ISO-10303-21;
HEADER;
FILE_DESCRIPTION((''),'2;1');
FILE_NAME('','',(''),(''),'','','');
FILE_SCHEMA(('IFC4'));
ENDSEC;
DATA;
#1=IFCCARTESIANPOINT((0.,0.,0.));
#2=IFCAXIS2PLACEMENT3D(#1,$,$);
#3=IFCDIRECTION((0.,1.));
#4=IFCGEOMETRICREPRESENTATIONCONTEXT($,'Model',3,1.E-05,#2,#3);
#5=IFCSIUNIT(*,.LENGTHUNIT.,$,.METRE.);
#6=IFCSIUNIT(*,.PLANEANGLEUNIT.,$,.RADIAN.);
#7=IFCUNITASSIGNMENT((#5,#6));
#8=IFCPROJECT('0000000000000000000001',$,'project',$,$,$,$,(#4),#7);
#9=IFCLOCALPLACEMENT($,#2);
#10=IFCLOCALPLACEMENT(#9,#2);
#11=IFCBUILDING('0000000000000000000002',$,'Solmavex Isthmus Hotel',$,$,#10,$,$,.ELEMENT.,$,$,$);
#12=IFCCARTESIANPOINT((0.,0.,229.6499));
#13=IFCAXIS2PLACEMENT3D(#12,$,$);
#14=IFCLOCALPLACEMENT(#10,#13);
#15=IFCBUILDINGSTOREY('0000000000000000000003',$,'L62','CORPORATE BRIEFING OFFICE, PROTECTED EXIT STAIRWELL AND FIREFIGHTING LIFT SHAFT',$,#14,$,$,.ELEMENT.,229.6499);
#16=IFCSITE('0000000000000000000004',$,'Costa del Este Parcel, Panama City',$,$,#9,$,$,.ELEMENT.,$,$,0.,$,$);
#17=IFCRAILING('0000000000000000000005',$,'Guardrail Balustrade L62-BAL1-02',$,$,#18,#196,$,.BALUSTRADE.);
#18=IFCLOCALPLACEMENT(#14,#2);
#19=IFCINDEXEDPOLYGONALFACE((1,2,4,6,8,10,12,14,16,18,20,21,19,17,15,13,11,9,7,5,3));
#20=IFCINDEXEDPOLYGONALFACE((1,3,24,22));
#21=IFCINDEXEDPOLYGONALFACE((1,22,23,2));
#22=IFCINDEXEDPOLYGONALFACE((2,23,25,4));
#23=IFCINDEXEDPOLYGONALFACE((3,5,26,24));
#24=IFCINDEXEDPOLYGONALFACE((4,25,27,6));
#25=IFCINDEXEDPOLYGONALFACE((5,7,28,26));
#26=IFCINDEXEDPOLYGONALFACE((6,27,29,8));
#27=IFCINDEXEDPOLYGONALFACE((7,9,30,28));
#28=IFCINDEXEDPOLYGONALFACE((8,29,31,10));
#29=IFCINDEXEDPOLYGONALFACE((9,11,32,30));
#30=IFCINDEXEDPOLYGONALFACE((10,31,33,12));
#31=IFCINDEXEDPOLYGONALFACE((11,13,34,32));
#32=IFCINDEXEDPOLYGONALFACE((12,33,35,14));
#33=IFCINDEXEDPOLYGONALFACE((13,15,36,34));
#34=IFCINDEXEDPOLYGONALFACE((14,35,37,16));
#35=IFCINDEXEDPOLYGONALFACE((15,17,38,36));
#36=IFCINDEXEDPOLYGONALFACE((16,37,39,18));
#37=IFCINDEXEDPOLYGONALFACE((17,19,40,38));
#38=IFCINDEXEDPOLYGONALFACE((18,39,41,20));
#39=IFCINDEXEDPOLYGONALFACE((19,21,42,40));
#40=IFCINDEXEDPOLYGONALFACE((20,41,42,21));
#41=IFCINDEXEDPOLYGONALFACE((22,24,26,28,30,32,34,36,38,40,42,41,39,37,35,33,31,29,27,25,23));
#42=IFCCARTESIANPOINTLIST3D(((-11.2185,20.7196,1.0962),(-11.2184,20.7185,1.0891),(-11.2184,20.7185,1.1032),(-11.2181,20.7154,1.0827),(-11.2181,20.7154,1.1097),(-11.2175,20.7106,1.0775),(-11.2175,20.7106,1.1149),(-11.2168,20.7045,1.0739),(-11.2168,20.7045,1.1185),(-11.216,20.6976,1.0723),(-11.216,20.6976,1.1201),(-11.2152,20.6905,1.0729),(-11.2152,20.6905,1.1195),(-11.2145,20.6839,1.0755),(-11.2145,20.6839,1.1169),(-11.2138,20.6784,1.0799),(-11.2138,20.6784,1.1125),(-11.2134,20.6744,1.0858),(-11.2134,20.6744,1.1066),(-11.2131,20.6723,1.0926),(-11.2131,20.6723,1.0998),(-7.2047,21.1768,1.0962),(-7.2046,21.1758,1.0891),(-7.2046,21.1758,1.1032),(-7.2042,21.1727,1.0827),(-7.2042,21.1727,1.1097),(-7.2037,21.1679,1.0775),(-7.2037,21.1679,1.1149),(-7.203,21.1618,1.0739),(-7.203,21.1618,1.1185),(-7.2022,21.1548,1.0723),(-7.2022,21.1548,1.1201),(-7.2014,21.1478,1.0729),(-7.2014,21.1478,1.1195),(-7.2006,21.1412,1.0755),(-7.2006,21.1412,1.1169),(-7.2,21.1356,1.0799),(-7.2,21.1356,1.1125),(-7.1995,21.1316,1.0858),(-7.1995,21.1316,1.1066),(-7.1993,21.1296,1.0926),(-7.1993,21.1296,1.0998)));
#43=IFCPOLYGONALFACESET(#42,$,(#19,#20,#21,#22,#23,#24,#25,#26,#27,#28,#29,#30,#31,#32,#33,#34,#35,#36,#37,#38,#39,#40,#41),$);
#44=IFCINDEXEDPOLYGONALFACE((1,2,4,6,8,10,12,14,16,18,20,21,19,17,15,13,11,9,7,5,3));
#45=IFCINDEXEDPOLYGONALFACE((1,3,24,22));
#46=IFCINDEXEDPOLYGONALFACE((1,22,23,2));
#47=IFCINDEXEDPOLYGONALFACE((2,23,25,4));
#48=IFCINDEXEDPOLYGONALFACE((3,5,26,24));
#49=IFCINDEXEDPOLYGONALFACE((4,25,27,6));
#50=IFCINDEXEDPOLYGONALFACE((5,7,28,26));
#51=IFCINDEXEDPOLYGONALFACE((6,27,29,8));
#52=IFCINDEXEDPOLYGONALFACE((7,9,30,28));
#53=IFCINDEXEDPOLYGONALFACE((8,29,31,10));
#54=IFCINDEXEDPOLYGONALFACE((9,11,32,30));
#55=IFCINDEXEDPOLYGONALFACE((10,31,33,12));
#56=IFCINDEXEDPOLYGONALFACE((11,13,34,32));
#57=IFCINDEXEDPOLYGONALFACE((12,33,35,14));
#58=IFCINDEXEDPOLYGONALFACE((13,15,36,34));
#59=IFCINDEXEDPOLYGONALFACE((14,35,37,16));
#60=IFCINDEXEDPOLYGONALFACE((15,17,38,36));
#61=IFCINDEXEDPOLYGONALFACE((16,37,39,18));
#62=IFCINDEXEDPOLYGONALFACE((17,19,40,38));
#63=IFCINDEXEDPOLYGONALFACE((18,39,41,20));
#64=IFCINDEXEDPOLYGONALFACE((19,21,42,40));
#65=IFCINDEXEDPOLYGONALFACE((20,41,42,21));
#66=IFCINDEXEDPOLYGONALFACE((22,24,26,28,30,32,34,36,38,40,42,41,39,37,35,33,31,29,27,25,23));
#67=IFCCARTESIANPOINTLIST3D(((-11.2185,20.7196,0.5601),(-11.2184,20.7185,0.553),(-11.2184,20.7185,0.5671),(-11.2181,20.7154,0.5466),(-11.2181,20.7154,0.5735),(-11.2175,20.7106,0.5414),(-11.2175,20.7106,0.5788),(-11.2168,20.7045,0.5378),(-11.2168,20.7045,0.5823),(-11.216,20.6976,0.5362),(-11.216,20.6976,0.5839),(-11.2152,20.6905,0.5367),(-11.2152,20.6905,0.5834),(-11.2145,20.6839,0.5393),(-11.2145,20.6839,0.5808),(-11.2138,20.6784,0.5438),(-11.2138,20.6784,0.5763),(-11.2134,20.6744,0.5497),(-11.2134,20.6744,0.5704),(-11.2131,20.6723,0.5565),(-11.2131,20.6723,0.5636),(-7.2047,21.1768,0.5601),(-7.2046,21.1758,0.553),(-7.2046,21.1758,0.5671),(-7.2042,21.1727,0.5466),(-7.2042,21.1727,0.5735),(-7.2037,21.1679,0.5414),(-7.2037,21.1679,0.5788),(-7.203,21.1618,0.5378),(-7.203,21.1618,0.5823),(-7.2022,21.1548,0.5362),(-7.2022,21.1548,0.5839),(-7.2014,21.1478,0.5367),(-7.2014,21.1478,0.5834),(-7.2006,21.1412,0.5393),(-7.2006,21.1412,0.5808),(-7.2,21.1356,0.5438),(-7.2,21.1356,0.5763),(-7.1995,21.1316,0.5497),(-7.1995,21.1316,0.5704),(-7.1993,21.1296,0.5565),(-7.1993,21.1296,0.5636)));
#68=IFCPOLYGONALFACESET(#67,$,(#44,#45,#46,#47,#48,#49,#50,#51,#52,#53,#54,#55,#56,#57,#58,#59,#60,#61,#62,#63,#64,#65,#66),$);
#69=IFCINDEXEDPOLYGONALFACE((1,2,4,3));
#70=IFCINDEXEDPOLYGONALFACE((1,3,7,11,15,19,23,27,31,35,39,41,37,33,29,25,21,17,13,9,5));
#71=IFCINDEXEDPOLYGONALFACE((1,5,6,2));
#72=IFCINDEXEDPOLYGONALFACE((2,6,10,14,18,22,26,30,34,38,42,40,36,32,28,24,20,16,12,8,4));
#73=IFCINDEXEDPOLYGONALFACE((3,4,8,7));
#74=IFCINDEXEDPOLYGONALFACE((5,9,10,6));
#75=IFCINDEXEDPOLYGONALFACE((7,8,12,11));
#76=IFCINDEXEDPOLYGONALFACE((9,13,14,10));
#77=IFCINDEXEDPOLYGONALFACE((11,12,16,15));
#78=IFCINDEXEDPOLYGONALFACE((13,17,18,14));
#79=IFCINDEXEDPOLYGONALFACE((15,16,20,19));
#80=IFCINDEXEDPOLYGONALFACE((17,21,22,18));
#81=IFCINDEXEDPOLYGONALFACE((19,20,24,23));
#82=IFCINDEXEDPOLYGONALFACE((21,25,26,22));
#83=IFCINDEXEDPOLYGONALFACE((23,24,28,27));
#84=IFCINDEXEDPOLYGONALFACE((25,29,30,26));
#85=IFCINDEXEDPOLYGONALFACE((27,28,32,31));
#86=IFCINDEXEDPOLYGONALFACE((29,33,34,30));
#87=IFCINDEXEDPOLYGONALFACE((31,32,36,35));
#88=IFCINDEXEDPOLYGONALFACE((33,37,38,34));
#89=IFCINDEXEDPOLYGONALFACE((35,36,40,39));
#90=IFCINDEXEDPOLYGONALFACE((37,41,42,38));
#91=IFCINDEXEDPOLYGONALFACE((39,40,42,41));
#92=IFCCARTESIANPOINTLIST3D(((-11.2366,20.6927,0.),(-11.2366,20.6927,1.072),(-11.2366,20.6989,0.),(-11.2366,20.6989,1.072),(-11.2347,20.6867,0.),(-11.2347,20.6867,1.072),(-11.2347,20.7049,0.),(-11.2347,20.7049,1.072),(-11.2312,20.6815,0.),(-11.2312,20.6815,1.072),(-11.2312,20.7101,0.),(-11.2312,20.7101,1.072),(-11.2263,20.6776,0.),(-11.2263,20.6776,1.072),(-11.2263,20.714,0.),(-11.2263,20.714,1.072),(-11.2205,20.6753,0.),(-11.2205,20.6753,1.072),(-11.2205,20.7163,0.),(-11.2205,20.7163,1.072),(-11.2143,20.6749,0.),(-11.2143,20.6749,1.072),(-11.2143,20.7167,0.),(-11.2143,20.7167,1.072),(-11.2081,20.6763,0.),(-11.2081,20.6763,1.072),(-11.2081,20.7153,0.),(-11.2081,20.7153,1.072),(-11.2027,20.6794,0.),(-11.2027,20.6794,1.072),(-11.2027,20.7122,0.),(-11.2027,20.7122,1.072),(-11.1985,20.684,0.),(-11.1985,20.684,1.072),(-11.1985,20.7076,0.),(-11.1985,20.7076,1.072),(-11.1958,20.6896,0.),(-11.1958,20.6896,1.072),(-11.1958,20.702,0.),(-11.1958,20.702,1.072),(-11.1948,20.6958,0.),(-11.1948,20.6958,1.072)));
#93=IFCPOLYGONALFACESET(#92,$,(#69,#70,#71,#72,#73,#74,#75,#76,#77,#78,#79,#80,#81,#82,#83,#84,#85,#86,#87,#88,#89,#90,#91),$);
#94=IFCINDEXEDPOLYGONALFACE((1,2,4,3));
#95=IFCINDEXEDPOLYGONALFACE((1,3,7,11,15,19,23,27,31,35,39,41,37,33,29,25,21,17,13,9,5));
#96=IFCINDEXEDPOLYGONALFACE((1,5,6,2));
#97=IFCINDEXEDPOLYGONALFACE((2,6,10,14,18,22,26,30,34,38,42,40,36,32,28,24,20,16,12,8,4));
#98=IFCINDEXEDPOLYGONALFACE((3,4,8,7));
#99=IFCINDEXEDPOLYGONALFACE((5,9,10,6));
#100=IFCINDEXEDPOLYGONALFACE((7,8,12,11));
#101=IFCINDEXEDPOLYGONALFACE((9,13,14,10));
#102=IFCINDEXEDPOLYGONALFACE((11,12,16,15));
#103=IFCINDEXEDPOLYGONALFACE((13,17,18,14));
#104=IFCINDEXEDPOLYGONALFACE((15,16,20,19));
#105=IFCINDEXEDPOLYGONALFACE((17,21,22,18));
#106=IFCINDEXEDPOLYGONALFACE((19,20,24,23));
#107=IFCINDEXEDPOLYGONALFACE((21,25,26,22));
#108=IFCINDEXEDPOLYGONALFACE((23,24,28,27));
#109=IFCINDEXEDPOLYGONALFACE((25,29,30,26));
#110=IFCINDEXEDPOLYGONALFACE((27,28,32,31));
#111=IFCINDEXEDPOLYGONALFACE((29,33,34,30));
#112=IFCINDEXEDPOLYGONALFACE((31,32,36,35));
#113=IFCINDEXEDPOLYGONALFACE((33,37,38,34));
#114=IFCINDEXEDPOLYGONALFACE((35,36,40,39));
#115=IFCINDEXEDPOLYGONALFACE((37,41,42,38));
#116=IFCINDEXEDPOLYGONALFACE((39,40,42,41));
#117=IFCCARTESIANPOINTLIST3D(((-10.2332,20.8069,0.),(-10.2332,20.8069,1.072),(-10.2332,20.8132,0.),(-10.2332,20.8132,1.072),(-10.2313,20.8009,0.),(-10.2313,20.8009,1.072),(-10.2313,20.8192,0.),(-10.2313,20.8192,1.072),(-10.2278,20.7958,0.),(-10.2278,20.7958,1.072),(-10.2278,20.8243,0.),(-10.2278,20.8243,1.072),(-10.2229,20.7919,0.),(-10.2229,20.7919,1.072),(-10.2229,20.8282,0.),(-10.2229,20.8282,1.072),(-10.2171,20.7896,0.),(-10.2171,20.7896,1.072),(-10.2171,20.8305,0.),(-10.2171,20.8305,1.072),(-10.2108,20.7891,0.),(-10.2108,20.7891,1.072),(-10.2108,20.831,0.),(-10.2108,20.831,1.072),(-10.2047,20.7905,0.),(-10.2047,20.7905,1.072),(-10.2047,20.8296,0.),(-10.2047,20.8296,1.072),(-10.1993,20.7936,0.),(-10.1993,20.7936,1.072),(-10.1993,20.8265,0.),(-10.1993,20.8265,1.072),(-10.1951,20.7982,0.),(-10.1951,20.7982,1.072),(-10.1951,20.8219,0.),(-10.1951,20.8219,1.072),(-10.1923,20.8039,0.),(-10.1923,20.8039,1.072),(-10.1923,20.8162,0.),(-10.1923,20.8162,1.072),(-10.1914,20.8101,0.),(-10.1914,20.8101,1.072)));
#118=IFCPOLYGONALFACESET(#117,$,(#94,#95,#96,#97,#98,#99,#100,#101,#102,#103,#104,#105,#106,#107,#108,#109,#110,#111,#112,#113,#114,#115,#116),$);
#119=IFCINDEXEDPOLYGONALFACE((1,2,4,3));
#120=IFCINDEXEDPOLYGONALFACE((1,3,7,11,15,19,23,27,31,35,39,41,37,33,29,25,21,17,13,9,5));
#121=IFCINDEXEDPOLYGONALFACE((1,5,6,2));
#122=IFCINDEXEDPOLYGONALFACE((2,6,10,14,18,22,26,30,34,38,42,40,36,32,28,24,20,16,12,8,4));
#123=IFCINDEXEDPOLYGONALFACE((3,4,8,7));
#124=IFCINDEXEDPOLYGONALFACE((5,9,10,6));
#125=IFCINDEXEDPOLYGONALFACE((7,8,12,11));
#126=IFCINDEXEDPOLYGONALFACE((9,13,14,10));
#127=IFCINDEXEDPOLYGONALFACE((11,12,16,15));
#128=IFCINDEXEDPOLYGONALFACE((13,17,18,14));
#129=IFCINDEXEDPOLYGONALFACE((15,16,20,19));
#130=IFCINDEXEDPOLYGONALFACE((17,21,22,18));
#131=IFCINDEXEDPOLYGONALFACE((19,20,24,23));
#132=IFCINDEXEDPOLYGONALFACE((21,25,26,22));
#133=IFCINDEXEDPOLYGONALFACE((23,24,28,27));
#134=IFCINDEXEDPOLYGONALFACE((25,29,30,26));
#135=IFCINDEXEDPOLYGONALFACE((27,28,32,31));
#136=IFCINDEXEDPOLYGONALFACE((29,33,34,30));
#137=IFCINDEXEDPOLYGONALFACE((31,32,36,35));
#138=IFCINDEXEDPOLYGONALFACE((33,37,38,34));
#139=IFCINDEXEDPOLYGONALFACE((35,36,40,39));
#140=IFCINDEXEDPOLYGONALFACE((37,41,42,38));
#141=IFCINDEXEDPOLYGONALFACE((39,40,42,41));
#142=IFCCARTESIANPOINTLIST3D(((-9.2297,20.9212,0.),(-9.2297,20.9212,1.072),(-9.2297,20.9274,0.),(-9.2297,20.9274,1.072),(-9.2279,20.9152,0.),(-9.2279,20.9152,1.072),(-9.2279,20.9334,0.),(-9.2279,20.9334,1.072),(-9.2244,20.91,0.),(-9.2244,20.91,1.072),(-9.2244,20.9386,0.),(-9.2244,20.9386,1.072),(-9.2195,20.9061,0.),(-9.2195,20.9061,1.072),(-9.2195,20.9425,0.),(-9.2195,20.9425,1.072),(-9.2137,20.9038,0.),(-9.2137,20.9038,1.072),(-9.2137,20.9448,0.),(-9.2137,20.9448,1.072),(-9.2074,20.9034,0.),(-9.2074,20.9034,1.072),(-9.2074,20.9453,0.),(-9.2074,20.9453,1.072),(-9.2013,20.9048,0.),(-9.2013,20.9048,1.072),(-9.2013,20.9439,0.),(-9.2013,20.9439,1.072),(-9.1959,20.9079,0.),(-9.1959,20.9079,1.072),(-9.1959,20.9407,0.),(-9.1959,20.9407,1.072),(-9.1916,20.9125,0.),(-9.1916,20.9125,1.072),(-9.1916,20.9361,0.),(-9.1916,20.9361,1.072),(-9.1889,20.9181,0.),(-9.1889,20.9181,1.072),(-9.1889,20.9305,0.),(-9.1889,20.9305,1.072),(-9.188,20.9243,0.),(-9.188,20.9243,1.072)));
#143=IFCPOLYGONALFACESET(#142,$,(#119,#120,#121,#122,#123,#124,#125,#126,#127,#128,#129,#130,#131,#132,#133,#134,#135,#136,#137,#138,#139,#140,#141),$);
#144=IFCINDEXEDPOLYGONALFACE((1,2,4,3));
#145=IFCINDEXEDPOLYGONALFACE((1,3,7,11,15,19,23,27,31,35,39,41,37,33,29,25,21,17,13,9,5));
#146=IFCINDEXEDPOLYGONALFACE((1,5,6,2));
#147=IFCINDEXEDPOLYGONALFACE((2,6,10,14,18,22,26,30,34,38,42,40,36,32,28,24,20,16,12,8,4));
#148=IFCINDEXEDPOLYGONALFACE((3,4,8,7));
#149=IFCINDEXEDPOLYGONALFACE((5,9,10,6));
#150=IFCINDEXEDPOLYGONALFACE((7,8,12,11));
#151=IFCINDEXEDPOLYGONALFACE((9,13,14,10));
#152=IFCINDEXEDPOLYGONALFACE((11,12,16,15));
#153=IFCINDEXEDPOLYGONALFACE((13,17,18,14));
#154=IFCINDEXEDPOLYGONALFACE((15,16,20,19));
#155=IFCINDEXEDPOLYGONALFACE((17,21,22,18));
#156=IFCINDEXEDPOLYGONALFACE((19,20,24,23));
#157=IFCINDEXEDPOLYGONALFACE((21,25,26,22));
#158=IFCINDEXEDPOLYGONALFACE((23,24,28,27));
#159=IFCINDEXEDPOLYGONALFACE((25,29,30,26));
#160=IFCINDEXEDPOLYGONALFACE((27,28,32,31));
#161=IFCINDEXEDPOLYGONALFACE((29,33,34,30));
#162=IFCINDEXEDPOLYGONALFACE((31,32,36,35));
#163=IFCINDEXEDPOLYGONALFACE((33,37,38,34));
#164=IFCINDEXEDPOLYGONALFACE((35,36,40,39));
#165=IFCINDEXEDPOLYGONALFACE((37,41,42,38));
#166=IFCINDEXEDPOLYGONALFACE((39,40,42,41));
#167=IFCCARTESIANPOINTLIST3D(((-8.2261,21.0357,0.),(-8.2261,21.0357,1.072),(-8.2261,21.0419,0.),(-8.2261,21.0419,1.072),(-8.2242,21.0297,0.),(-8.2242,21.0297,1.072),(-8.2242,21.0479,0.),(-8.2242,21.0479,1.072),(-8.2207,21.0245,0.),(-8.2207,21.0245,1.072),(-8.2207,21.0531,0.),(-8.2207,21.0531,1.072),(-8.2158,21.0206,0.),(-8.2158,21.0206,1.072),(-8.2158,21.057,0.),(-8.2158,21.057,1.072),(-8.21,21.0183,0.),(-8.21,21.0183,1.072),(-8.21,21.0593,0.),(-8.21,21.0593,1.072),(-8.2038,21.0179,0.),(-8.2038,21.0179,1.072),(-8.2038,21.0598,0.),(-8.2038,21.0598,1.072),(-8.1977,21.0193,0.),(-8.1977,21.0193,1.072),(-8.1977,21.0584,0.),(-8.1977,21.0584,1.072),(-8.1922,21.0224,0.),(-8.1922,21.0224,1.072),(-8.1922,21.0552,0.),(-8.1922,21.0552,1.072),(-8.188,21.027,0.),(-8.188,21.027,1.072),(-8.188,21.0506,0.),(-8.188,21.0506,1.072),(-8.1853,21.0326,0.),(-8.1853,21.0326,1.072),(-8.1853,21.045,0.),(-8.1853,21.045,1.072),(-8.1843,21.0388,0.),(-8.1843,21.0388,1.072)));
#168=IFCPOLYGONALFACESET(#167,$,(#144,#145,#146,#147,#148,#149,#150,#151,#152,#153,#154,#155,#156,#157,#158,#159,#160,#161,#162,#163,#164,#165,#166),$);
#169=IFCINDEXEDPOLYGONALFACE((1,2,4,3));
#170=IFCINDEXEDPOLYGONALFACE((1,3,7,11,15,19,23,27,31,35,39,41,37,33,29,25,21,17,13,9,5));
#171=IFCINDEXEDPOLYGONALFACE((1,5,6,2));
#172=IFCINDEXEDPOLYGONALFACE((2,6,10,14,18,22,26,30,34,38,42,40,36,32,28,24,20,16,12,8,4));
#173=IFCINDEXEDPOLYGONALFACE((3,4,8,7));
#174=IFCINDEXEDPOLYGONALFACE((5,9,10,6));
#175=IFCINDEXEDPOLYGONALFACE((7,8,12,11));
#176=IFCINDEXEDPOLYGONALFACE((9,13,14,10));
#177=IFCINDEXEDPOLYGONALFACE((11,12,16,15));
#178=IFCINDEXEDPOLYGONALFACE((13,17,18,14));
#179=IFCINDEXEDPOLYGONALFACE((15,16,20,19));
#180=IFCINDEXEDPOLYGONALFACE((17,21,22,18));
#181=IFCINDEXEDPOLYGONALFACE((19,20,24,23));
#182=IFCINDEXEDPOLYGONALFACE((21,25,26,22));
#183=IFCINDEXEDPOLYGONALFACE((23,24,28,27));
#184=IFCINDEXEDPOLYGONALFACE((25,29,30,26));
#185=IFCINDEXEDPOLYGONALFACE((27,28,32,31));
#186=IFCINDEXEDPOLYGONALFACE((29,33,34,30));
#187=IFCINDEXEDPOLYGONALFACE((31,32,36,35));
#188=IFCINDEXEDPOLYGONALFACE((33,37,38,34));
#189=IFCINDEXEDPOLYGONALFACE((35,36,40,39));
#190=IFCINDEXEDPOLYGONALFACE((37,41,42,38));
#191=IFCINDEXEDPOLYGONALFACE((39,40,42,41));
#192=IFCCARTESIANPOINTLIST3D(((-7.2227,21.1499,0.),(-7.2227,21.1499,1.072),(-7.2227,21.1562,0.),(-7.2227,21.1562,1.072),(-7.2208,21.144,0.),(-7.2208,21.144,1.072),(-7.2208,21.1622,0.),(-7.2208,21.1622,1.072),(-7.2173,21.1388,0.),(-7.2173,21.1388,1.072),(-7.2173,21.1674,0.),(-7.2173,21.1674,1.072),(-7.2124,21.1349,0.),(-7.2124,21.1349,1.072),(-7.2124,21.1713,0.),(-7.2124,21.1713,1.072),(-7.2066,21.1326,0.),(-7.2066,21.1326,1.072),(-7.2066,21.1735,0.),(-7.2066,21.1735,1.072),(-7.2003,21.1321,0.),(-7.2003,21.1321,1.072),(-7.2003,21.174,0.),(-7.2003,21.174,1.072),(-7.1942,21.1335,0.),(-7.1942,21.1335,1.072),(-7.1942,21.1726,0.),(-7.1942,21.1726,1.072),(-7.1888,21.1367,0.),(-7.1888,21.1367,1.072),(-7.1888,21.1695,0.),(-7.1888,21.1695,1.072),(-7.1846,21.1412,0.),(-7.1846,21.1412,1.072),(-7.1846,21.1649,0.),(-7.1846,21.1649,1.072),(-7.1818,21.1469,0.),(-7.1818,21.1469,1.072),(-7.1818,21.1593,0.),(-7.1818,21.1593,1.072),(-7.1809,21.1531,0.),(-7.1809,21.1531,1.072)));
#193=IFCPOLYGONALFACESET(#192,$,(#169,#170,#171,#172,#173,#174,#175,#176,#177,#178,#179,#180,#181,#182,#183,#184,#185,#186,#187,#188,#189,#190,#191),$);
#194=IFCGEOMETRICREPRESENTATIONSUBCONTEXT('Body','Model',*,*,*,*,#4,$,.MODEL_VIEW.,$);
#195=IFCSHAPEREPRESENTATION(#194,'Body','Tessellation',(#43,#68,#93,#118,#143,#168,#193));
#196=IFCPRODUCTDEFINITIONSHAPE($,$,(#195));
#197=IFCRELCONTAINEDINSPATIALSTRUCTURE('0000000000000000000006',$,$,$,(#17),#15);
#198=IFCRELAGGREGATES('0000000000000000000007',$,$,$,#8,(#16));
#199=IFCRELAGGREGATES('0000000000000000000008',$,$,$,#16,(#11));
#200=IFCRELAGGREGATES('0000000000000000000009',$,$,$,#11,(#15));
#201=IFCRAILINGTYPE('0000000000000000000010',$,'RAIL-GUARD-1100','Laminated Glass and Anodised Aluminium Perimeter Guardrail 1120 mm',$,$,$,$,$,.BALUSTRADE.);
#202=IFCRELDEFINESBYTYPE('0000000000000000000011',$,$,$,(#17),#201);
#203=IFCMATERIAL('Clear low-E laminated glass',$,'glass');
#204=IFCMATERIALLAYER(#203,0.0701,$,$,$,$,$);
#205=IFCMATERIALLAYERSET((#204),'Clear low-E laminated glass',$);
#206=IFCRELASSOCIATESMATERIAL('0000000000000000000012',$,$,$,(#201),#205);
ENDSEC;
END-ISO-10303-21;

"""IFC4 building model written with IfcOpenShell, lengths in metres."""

from ifc_helpers import new_model, si_unit, direction, frame, origin, origin_2d, place, context, subcontext, project, spatial, circle, extrude, material, layer, layer_set, type_object, element, save


model = new_model("IFC4")

# Units and contexts
model_context = context("Model", 3, precision=1e-05, world=origin(), true_north=direction((0.0, 1.0)))
body_context = subcontext(model_context, "Body", "Model", "MODEL_VIEW")
ifc_project = project(units=[si_unit("LENGTHUNIT", "METRE"), si_unit("PLANEANGLEUNIT", "RADIAN")], contexts=[model_context])

# Site, building, storey
site_placement = place(None, origin())
site = spatial("IfcSite", under=ifc_project, at=site_placement, Name="Costa del Este Parcel, Panama City", CompositionType="ELEMENT", RefElevation=0.0)
building_placement = place(site_placement, origin())
building = spatial("IfcBuilding", under=site, at=building_placement, Name="Solmavex Isthmus Hotel", CompositionType="ELEMENT")
storey_placement = place(building_placement, frame((0.0, 0.0, 229.6499)))
storey = spatial("IfcBuildingStorey", under=building, at=storey_placement, Name="L62", Description="CORPORATE BRIEFING OFFICE, PROTECTED EXIT STAIRWELL AND FIREFIGHTING LIFT SHAFT", CompositionType="ELEMENT", Elevation=229.6499)

# Shared definitions
ifc_material_1 = material(Name="Clear low-E laminated glass", Category="glass")

# Railing
ifc_layer_1 = layer(ifc_material_1, 0.0701)
ifc_layer_set_1 = layer_set([ifc_layer_1], Name="Clear low-E laminated glass")
railing_type = type_object("IfcRailingType", Name="RAIL-GUARD-1100", Description="Laminated Glass and Anodised Aluminium Perimeter Guardrail 1120 mm", PredefinedType="BALUSTRADE", material=ifc_layer_set_1)
railing_1_placement = place(storey_placement, frame((-11.2158, 20.6958, 0.0)))
element("IfcRailing", 1, at=railing_1_placement, inside=storey, type_object=railing_type, Name="Guardrail Balustrade L62-BAL1-02", PredefinedType="BALUSTRADE", context=body_context, shape_type="SweptSolid", body=[
    extrude(circle(Radius=0.0239, at=origin_2d()), frame((0.0, 0.0, 1.0962), z_axis=(0.993573, 0.11319, 0.0), x_axis=(-0.11319, 0.993573, 0.0)), (0.0, 0.0, 1.0), 4.0398),
    extrude(circle(Radius=0.0239, at=origin_2d()), frame((0.0, 0.0, 0.5601), z_axis=(0.993573, 0.11319, 0.0), x_axis=(-0.11319, 0.993573, 0.0)), (0.0, 0.0, 1.0), 4.0398),
    extrude(circle(Radius=0.021, at=origin_2d()), origin(), (0.0, 0.0, 1.0), 1.072),
    extrude(circle(Radius=0.021, at=origin_2d()), frame((1.0034, 0.1143, 0.0)), (0.0, 0.0, 1.0), 1.072),
    extrude(circle(Radius=0.021, at=origin_2d()), frame((2.0068, 0.2285, 0.0)), (0.0, 0.0, 1.0), 1.072),
    extrude(circle(Radius=0.021, at=origin_2d()), frame((3.0105, 0.343, 0.0)), (0.0, 0.0, 1.0), 1.072),
    extrude(circle(Radius=0.021, at=origin_2d()), frame((4.0139, 0.4573, 0.0)), (0.0, 0.0, 1.0), 1.072),
])

save(model, "model.ifc")
